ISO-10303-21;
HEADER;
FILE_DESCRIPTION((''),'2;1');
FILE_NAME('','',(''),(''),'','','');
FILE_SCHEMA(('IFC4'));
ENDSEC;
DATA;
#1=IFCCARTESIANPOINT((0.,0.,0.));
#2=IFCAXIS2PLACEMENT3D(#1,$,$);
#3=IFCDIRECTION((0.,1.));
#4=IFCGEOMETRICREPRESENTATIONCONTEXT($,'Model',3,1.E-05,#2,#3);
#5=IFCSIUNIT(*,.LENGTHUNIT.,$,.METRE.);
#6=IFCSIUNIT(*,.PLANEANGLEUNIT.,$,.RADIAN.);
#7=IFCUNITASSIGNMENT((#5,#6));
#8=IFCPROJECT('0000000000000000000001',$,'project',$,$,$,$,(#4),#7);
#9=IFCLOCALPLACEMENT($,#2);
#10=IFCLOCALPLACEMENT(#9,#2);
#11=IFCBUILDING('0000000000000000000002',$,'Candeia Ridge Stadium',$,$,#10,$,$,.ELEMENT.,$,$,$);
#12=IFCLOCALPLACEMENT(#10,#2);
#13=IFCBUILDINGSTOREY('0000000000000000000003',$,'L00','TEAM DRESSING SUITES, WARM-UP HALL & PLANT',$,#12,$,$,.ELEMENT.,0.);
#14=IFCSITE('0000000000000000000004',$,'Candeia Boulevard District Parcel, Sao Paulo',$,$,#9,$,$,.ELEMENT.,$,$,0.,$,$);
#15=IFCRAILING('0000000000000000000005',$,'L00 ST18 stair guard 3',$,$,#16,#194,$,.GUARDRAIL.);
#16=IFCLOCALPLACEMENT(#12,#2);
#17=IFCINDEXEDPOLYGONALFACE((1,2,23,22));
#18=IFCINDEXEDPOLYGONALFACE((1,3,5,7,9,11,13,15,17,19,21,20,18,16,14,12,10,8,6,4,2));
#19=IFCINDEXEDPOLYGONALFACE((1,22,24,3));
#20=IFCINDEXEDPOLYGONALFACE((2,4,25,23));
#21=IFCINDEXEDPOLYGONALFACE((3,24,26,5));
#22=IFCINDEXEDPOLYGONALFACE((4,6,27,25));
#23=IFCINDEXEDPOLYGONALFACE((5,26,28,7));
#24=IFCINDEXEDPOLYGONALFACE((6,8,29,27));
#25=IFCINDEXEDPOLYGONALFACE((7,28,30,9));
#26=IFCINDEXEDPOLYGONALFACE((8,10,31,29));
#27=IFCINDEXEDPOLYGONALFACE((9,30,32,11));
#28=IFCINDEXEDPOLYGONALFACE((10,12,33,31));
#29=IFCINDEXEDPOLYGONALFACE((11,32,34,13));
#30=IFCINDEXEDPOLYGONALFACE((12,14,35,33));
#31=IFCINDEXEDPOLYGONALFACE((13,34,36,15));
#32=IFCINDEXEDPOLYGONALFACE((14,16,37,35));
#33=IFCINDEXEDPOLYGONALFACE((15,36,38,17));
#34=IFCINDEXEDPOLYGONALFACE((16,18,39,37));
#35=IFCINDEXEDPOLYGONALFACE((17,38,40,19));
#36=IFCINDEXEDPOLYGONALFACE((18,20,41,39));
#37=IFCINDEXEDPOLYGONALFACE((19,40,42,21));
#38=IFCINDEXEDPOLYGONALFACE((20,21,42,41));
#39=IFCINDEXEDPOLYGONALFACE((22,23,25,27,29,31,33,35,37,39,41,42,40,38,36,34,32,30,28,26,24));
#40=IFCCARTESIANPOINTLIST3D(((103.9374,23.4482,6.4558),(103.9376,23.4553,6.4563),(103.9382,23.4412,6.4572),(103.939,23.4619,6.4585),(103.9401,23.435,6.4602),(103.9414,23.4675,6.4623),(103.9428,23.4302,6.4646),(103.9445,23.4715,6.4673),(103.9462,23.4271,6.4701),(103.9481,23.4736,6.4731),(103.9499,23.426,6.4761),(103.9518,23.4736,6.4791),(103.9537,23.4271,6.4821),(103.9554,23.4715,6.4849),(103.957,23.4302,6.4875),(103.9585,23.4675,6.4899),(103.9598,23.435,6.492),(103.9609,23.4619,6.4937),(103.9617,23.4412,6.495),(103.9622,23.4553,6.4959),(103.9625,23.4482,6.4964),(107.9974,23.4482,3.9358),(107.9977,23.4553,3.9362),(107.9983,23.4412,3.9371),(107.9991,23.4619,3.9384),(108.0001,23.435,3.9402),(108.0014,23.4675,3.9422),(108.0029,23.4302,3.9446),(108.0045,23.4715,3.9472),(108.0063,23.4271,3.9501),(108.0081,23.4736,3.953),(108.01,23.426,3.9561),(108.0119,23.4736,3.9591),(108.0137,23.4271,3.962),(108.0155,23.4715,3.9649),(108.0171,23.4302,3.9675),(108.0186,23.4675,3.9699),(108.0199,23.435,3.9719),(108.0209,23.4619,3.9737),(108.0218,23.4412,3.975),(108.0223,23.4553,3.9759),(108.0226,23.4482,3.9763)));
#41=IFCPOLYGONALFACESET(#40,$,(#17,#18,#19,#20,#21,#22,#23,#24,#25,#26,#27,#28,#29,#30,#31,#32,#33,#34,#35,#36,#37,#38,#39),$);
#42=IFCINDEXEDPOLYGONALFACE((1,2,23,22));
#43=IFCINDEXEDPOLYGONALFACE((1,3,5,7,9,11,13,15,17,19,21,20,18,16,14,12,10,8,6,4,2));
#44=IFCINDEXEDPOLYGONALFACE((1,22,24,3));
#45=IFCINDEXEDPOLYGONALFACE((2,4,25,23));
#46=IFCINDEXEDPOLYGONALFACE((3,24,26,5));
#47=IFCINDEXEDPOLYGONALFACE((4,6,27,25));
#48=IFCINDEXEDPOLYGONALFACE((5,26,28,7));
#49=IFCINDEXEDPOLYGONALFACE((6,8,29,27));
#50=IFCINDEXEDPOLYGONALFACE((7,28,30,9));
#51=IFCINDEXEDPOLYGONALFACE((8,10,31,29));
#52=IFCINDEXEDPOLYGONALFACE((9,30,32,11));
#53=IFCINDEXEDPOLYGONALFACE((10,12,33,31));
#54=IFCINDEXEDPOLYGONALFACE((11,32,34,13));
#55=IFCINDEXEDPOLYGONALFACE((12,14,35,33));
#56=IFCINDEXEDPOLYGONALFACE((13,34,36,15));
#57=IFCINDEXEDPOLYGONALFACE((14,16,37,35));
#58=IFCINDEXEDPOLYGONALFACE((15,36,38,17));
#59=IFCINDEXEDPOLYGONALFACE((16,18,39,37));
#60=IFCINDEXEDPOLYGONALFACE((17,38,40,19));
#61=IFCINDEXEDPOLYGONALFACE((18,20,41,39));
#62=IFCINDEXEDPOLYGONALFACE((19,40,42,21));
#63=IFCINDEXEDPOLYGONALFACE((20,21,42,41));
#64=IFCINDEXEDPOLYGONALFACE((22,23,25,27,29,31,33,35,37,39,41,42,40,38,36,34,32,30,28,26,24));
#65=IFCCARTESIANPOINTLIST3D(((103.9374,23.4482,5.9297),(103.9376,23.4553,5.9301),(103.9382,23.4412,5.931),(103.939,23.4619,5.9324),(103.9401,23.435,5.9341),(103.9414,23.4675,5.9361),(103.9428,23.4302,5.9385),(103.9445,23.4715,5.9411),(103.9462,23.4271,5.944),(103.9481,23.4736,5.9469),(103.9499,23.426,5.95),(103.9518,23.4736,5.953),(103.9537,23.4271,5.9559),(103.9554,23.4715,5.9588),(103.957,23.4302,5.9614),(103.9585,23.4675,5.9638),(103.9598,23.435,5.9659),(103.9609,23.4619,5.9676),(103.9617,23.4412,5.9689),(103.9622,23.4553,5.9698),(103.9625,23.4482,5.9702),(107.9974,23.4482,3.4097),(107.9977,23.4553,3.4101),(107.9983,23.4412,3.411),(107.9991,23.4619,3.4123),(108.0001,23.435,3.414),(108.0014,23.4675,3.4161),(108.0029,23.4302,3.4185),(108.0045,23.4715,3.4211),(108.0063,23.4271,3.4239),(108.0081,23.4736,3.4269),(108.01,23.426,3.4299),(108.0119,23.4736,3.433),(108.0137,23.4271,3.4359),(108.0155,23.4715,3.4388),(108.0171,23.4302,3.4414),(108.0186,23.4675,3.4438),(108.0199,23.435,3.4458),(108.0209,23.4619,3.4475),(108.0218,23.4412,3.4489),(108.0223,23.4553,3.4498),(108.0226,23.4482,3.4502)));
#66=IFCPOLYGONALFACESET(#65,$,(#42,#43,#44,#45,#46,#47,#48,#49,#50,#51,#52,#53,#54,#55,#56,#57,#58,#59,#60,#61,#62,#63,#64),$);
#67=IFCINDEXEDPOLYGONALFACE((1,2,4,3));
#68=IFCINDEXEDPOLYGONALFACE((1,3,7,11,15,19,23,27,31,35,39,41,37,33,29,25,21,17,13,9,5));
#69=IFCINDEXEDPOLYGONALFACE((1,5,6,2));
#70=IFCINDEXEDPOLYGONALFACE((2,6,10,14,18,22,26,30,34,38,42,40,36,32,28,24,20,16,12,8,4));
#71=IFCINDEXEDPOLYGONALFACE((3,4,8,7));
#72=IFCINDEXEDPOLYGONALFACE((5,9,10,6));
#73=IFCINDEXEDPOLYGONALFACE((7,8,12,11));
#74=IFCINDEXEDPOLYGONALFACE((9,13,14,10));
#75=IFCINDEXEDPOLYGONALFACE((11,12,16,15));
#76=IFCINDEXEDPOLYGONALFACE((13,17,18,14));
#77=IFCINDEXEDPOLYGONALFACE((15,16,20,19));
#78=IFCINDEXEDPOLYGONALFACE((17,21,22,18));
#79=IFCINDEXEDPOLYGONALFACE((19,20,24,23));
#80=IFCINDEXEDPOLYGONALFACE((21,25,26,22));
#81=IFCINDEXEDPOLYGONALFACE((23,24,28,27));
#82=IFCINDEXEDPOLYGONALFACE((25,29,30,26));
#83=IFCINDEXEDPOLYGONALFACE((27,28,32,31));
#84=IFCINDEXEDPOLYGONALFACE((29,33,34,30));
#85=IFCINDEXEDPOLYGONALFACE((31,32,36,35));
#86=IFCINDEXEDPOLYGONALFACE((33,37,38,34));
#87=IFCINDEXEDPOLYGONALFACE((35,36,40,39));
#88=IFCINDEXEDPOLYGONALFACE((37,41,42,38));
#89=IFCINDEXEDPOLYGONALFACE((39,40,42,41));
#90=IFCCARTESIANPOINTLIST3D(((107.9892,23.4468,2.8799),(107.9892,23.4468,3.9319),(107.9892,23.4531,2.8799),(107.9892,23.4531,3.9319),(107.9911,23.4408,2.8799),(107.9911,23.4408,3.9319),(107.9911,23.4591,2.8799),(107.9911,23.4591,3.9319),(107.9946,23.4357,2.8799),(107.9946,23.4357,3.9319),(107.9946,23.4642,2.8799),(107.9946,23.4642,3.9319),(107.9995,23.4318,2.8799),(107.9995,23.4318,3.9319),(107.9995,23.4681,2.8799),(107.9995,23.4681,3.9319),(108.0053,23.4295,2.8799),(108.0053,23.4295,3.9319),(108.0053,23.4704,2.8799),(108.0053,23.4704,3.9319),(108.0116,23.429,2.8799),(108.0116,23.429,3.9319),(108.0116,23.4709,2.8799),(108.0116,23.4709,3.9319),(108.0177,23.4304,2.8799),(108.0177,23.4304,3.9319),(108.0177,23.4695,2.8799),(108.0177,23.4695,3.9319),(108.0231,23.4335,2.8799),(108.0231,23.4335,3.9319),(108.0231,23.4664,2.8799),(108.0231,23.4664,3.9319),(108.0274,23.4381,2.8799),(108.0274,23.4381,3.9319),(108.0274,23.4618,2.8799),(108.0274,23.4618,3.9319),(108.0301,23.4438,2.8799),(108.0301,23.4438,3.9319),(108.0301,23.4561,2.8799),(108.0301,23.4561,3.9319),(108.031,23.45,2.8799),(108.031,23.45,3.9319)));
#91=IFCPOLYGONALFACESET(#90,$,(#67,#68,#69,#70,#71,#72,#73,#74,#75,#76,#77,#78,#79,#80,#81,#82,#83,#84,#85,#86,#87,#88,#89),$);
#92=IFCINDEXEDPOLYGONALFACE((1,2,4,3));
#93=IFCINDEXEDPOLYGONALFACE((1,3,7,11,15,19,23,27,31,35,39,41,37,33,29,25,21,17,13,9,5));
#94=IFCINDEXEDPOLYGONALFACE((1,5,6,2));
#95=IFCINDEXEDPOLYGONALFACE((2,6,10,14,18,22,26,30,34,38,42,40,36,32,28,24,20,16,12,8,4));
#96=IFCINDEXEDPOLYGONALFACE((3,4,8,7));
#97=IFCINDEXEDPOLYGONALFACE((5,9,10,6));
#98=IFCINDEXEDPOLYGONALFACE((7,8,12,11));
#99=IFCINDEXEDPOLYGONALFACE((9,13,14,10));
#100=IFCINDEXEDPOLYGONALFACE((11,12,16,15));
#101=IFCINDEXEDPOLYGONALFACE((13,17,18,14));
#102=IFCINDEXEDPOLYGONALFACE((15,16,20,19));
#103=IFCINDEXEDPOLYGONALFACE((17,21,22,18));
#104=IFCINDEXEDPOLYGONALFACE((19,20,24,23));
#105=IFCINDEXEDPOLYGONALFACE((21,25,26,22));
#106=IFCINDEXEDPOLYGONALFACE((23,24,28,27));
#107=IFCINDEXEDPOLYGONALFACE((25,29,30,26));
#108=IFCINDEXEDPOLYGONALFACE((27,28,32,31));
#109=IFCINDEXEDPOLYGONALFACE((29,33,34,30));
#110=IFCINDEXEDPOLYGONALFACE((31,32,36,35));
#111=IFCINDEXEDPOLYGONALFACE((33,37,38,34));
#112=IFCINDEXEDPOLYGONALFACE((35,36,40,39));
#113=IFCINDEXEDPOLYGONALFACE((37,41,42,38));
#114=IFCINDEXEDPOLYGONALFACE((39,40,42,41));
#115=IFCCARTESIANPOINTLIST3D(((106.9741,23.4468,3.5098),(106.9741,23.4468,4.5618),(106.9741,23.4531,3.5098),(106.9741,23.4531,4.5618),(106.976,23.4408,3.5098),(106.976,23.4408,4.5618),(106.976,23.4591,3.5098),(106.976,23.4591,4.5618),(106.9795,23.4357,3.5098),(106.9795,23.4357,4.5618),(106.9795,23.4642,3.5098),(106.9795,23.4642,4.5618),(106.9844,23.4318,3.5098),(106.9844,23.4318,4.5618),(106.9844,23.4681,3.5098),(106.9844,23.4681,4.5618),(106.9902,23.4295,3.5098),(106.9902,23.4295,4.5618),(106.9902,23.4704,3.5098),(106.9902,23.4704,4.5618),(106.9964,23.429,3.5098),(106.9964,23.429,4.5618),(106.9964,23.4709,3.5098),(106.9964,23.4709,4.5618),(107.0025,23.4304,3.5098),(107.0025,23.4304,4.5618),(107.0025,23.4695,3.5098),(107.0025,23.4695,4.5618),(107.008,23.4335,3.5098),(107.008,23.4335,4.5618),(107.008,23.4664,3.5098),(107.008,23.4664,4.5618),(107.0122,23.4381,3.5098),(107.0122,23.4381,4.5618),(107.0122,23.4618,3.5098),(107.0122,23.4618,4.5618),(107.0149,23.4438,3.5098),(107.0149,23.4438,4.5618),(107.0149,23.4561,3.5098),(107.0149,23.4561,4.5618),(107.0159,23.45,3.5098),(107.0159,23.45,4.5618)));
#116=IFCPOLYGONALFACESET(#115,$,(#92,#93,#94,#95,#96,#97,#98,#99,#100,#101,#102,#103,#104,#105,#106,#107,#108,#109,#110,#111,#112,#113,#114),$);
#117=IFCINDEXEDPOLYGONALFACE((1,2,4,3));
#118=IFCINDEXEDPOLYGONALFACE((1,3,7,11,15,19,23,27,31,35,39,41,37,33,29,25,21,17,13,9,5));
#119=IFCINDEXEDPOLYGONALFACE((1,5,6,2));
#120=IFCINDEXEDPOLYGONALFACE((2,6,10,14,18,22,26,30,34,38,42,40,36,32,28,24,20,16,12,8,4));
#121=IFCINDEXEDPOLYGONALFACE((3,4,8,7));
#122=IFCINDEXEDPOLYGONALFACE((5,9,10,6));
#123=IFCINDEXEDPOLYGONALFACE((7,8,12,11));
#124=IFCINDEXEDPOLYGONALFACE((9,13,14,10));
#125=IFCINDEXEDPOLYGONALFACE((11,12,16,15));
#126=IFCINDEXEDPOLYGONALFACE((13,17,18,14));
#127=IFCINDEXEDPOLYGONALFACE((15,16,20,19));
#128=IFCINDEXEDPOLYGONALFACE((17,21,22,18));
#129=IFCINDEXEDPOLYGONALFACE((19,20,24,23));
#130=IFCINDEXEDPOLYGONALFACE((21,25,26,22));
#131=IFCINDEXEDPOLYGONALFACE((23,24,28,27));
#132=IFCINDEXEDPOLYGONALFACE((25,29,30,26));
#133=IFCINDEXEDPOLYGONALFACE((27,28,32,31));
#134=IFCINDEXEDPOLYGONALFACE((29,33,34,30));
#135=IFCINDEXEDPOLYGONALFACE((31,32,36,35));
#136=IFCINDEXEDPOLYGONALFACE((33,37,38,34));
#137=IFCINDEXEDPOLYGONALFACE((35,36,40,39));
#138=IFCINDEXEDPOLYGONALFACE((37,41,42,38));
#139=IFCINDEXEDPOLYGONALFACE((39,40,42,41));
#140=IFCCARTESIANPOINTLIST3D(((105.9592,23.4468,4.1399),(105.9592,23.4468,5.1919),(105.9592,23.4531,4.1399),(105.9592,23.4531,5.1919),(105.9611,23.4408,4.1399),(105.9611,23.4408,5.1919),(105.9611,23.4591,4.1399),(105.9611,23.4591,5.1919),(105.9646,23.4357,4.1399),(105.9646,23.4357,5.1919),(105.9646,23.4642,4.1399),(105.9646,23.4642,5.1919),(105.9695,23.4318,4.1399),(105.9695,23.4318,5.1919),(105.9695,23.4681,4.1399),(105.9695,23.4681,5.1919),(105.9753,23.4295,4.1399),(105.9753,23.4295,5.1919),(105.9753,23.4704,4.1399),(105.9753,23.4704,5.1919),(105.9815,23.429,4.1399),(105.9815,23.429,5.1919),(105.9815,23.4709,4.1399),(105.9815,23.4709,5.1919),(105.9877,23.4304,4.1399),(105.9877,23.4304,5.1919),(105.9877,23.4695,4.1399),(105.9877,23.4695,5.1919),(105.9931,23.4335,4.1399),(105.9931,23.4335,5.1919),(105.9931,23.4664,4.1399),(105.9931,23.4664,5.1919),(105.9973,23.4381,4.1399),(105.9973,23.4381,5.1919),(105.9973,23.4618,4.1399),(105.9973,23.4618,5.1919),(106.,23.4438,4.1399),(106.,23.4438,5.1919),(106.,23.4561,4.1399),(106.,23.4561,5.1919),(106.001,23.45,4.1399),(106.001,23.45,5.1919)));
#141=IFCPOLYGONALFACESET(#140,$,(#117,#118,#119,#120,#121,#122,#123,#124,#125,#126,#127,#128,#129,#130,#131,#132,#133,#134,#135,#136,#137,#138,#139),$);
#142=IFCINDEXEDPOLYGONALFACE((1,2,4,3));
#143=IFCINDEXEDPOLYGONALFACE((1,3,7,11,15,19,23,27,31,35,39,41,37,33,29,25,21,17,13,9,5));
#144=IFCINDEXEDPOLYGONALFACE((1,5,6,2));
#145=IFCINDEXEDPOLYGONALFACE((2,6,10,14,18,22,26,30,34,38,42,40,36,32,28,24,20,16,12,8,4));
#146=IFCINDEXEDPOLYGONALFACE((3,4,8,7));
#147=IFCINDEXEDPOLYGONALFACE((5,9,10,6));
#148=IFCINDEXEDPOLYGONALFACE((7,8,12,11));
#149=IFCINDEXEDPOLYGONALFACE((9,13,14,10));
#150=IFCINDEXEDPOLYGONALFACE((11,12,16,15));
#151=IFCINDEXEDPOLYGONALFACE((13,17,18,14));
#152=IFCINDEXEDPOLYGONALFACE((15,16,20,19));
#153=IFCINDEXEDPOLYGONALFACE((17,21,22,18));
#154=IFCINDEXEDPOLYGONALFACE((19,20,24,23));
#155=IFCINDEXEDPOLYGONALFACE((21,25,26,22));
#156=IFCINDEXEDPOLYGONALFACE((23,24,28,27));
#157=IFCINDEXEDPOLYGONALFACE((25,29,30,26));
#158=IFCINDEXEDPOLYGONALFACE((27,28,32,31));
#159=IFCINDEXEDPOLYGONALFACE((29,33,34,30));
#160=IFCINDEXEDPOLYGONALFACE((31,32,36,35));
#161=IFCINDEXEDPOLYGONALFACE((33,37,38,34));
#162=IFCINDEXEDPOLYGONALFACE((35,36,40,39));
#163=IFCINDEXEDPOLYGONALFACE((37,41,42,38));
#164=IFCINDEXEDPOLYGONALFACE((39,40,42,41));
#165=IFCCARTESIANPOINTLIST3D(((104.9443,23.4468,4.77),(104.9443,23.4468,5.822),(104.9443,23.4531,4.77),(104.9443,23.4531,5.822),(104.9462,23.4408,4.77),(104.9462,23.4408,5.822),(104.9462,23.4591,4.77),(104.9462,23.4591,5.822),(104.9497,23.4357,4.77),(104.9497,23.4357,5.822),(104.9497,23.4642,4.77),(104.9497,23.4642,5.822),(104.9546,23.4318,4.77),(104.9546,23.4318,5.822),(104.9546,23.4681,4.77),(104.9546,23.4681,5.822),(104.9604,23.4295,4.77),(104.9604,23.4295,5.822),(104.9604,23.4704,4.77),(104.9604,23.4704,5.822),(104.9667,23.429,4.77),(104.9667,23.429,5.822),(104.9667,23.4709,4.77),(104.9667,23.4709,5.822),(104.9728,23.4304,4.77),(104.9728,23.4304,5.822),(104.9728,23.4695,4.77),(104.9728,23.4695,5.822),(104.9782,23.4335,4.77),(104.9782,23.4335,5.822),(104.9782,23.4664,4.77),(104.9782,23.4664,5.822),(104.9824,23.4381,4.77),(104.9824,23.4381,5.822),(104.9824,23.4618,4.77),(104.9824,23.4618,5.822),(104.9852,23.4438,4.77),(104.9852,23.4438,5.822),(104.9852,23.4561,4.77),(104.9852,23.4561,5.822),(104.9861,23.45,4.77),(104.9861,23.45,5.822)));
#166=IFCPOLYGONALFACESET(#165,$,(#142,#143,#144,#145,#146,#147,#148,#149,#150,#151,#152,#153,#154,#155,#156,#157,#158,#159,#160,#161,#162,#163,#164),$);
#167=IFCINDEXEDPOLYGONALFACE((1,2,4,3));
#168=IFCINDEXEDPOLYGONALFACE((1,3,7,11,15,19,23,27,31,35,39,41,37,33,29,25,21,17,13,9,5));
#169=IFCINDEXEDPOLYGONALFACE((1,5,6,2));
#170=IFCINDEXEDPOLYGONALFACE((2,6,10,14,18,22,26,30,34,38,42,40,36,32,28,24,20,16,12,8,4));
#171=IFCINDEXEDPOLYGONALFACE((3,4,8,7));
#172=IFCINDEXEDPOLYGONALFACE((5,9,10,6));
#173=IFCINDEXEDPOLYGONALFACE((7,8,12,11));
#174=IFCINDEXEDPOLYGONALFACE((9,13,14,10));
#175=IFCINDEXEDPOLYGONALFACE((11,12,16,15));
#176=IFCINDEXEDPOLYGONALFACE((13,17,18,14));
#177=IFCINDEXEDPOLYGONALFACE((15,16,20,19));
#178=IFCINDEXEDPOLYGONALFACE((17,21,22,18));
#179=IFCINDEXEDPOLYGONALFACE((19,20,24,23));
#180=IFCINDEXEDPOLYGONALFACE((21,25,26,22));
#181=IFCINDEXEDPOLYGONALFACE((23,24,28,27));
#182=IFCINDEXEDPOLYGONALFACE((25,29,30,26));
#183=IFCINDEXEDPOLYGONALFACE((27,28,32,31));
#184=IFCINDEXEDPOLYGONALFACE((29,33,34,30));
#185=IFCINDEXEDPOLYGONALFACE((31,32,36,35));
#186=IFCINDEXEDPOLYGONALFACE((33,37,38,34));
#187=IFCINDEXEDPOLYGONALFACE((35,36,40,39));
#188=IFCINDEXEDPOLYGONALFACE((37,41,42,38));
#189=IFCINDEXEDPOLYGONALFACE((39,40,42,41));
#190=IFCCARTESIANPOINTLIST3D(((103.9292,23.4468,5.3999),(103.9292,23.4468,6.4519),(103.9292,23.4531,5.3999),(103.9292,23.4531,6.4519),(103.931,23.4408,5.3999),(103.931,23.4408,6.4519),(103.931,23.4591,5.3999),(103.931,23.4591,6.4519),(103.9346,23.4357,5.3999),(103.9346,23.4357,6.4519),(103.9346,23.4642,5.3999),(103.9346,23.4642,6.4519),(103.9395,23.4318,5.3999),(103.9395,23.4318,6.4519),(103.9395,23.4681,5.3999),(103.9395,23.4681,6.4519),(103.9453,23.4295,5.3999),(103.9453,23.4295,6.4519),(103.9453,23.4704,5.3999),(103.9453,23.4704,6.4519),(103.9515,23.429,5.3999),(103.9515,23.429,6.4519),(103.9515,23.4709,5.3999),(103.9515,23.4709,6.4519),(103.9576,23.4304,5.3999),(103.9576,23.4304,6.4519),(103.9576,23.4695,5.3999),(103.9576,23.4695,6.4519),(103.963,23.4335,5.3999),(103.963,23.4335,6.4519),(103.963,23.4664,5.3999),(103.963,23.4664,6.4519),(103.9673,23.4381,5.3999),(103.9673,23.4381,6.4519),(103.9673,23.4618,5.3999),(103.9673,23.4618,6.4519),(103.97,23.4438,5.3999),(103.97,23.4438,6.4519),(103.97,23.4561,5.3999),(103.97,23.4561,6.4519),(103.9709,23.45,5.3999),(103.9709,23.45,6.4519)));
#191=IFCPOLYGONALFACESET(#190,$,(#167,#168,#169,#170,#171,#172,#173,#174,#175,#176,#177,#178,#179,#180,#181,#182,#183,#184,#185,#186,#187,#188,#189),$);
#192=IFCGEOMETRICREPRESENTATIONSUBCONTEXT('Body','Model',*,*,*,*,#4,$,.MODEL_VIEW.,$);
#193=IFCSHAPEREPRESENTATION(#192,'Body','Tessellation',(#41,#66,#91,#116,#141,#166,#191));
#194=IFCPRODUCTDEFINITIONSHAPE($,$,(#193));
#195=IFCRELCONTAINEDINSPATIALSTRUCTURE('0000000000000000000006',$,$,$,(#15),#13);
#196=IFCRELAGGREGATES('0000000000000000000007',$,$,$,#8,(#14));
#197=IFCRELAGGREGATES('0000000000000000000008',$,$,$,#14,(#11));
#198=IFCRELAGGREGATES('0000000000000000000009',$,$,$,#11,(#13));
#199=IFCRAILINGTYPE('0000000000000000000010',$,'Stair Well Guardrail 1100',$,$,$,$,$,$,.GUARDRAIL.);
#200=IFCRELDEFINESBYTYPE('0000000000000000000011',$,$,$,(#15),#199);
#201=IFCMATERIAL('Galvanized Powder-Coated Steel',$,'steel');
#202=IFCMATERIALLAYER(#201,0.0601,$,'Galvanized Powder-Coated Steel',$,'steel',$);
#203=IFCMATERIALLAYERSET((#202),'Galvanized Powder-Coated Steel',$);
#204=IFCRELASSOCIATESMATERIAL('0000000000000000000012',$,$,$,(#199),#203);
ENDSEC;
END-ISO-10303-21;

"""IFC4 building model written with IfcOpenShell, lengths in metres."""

from ifc_helpers import new_model, si_unit, direction, frame, origin, origin_2d, place, context, subcontext, project, spatial, circle, extrude, material, layer, layer_set, type_object, element, save


model = new_model("IFC4")

# Units and contexts
model_context = context("Model", 3, precision=1e-05, world=origin(), true_north=direction((0.0, 1.0)))
body_context = subcontext(model_context, "Body", "Model", "MODEL_VIEW")
ifc_project = project(units=[si_unit("LENGTHUNIT", "METRE"), si_unit("PLANEANGLEUNIT", "RADIAN")], contexts=[model_context])

# Site, building, storey
site_placement = place(None, origin())
site = spatial("IfcSite", under=ifc_project, at=site_placement, Name="Candeia Boulevard District Parcel, Sao Paulo", CompositionType="ELEMENT", RefElevation=0.0)
building_placement = place(site_placement, origin())
building = spatial("IfcBuilding", under=site, at=building_placement, Name="Candeia Ridge Stadium", CompositionType="ELEMENT")
storey_placement = place(building_placement, origin())
storey = spatial("IfcBuildingStorey", under=building, at=storey_placement, Name="L00", Description="TEAM DRESSING SUITES, WARM-UP HALL & PLANT", CompositionType="ELEMENT", Elevation=0.0)

# Railing
ifc_material_1 = material(Name="Galvanized Powder-Coated Steel", Category="steel")
ifc_layer_1 = layer(ifc_material_1, 0.0601, Name="Galvanized Powder-Coated Steel", Category="steel")
ifc_layer_set_1 = layer_set([ifc_layer_1], Name="Galvanized Powder-Coated Steel")
railing_type_1 = type_object("IfcRailingType", Name="Stair Well Guardrail 1100", PredefinedType="GUARDRAIL", material=ifc_layer_set_1)
railing_1_placement = place(storey_placement, frame((108.01, 23.45, 2.8799)))
element("IfcRailing", 1, at=railing_1_placement, inside=storey, type_object=railing_type_1, Name="L00 ST18 stair guard 3", PredefinedType="GUARDRAIL", context=body_context, shape_type="SweptSolid", body=[
    extrude(circle(Radius=0.0239, at=origin_2d()), frame((0.0, 0.0, 1.0762), z_axis=(-0.849642, 0.0, 0.52736), x_axis=(0.0, -1.0, 0.0)), (0.0, 0.0, 1.0), 4.7786),
    extrude(circle(Radius=0.0239, at=origin_2d()), frame((0.0, 0.0, 0.55), z_axis=(-0.849642, 0.0, 0.52736), x_axis=(0.0, -1.0, 0.0)), (0.0, 0.0, 1.0), 4.7786),
    extrude(circle(Radius=0.021, at=origin_2d()), origin(), (0.0, 0.0, 1.0), 1.052),
    extrude(circle(Radius=0.021, at=origin_2d()), frame((-1.0151, 0.0, 0.6299)), (0.0, 0.0, 1.0), 1.052),
    extrude(circle(Radius=0.021, at=origin_2d()), frame((-2.03, 0.0, 1.26)), (0.0, 0.0, 1.0), 1.052),
    extrude(circle(Radius=0.021, at=origin_2d()), frame((-3.0449, 0.0, 1.8901)), (0.0, 0.0, 1.0), 1.052),
    extrude(circle(Radius=0.021, at=origin_2d()), frame((-4.0601, 0.0, 2.52)), (0.0, 0.0, 1.0), 1.052),
])

save(model, "model.ifc")
